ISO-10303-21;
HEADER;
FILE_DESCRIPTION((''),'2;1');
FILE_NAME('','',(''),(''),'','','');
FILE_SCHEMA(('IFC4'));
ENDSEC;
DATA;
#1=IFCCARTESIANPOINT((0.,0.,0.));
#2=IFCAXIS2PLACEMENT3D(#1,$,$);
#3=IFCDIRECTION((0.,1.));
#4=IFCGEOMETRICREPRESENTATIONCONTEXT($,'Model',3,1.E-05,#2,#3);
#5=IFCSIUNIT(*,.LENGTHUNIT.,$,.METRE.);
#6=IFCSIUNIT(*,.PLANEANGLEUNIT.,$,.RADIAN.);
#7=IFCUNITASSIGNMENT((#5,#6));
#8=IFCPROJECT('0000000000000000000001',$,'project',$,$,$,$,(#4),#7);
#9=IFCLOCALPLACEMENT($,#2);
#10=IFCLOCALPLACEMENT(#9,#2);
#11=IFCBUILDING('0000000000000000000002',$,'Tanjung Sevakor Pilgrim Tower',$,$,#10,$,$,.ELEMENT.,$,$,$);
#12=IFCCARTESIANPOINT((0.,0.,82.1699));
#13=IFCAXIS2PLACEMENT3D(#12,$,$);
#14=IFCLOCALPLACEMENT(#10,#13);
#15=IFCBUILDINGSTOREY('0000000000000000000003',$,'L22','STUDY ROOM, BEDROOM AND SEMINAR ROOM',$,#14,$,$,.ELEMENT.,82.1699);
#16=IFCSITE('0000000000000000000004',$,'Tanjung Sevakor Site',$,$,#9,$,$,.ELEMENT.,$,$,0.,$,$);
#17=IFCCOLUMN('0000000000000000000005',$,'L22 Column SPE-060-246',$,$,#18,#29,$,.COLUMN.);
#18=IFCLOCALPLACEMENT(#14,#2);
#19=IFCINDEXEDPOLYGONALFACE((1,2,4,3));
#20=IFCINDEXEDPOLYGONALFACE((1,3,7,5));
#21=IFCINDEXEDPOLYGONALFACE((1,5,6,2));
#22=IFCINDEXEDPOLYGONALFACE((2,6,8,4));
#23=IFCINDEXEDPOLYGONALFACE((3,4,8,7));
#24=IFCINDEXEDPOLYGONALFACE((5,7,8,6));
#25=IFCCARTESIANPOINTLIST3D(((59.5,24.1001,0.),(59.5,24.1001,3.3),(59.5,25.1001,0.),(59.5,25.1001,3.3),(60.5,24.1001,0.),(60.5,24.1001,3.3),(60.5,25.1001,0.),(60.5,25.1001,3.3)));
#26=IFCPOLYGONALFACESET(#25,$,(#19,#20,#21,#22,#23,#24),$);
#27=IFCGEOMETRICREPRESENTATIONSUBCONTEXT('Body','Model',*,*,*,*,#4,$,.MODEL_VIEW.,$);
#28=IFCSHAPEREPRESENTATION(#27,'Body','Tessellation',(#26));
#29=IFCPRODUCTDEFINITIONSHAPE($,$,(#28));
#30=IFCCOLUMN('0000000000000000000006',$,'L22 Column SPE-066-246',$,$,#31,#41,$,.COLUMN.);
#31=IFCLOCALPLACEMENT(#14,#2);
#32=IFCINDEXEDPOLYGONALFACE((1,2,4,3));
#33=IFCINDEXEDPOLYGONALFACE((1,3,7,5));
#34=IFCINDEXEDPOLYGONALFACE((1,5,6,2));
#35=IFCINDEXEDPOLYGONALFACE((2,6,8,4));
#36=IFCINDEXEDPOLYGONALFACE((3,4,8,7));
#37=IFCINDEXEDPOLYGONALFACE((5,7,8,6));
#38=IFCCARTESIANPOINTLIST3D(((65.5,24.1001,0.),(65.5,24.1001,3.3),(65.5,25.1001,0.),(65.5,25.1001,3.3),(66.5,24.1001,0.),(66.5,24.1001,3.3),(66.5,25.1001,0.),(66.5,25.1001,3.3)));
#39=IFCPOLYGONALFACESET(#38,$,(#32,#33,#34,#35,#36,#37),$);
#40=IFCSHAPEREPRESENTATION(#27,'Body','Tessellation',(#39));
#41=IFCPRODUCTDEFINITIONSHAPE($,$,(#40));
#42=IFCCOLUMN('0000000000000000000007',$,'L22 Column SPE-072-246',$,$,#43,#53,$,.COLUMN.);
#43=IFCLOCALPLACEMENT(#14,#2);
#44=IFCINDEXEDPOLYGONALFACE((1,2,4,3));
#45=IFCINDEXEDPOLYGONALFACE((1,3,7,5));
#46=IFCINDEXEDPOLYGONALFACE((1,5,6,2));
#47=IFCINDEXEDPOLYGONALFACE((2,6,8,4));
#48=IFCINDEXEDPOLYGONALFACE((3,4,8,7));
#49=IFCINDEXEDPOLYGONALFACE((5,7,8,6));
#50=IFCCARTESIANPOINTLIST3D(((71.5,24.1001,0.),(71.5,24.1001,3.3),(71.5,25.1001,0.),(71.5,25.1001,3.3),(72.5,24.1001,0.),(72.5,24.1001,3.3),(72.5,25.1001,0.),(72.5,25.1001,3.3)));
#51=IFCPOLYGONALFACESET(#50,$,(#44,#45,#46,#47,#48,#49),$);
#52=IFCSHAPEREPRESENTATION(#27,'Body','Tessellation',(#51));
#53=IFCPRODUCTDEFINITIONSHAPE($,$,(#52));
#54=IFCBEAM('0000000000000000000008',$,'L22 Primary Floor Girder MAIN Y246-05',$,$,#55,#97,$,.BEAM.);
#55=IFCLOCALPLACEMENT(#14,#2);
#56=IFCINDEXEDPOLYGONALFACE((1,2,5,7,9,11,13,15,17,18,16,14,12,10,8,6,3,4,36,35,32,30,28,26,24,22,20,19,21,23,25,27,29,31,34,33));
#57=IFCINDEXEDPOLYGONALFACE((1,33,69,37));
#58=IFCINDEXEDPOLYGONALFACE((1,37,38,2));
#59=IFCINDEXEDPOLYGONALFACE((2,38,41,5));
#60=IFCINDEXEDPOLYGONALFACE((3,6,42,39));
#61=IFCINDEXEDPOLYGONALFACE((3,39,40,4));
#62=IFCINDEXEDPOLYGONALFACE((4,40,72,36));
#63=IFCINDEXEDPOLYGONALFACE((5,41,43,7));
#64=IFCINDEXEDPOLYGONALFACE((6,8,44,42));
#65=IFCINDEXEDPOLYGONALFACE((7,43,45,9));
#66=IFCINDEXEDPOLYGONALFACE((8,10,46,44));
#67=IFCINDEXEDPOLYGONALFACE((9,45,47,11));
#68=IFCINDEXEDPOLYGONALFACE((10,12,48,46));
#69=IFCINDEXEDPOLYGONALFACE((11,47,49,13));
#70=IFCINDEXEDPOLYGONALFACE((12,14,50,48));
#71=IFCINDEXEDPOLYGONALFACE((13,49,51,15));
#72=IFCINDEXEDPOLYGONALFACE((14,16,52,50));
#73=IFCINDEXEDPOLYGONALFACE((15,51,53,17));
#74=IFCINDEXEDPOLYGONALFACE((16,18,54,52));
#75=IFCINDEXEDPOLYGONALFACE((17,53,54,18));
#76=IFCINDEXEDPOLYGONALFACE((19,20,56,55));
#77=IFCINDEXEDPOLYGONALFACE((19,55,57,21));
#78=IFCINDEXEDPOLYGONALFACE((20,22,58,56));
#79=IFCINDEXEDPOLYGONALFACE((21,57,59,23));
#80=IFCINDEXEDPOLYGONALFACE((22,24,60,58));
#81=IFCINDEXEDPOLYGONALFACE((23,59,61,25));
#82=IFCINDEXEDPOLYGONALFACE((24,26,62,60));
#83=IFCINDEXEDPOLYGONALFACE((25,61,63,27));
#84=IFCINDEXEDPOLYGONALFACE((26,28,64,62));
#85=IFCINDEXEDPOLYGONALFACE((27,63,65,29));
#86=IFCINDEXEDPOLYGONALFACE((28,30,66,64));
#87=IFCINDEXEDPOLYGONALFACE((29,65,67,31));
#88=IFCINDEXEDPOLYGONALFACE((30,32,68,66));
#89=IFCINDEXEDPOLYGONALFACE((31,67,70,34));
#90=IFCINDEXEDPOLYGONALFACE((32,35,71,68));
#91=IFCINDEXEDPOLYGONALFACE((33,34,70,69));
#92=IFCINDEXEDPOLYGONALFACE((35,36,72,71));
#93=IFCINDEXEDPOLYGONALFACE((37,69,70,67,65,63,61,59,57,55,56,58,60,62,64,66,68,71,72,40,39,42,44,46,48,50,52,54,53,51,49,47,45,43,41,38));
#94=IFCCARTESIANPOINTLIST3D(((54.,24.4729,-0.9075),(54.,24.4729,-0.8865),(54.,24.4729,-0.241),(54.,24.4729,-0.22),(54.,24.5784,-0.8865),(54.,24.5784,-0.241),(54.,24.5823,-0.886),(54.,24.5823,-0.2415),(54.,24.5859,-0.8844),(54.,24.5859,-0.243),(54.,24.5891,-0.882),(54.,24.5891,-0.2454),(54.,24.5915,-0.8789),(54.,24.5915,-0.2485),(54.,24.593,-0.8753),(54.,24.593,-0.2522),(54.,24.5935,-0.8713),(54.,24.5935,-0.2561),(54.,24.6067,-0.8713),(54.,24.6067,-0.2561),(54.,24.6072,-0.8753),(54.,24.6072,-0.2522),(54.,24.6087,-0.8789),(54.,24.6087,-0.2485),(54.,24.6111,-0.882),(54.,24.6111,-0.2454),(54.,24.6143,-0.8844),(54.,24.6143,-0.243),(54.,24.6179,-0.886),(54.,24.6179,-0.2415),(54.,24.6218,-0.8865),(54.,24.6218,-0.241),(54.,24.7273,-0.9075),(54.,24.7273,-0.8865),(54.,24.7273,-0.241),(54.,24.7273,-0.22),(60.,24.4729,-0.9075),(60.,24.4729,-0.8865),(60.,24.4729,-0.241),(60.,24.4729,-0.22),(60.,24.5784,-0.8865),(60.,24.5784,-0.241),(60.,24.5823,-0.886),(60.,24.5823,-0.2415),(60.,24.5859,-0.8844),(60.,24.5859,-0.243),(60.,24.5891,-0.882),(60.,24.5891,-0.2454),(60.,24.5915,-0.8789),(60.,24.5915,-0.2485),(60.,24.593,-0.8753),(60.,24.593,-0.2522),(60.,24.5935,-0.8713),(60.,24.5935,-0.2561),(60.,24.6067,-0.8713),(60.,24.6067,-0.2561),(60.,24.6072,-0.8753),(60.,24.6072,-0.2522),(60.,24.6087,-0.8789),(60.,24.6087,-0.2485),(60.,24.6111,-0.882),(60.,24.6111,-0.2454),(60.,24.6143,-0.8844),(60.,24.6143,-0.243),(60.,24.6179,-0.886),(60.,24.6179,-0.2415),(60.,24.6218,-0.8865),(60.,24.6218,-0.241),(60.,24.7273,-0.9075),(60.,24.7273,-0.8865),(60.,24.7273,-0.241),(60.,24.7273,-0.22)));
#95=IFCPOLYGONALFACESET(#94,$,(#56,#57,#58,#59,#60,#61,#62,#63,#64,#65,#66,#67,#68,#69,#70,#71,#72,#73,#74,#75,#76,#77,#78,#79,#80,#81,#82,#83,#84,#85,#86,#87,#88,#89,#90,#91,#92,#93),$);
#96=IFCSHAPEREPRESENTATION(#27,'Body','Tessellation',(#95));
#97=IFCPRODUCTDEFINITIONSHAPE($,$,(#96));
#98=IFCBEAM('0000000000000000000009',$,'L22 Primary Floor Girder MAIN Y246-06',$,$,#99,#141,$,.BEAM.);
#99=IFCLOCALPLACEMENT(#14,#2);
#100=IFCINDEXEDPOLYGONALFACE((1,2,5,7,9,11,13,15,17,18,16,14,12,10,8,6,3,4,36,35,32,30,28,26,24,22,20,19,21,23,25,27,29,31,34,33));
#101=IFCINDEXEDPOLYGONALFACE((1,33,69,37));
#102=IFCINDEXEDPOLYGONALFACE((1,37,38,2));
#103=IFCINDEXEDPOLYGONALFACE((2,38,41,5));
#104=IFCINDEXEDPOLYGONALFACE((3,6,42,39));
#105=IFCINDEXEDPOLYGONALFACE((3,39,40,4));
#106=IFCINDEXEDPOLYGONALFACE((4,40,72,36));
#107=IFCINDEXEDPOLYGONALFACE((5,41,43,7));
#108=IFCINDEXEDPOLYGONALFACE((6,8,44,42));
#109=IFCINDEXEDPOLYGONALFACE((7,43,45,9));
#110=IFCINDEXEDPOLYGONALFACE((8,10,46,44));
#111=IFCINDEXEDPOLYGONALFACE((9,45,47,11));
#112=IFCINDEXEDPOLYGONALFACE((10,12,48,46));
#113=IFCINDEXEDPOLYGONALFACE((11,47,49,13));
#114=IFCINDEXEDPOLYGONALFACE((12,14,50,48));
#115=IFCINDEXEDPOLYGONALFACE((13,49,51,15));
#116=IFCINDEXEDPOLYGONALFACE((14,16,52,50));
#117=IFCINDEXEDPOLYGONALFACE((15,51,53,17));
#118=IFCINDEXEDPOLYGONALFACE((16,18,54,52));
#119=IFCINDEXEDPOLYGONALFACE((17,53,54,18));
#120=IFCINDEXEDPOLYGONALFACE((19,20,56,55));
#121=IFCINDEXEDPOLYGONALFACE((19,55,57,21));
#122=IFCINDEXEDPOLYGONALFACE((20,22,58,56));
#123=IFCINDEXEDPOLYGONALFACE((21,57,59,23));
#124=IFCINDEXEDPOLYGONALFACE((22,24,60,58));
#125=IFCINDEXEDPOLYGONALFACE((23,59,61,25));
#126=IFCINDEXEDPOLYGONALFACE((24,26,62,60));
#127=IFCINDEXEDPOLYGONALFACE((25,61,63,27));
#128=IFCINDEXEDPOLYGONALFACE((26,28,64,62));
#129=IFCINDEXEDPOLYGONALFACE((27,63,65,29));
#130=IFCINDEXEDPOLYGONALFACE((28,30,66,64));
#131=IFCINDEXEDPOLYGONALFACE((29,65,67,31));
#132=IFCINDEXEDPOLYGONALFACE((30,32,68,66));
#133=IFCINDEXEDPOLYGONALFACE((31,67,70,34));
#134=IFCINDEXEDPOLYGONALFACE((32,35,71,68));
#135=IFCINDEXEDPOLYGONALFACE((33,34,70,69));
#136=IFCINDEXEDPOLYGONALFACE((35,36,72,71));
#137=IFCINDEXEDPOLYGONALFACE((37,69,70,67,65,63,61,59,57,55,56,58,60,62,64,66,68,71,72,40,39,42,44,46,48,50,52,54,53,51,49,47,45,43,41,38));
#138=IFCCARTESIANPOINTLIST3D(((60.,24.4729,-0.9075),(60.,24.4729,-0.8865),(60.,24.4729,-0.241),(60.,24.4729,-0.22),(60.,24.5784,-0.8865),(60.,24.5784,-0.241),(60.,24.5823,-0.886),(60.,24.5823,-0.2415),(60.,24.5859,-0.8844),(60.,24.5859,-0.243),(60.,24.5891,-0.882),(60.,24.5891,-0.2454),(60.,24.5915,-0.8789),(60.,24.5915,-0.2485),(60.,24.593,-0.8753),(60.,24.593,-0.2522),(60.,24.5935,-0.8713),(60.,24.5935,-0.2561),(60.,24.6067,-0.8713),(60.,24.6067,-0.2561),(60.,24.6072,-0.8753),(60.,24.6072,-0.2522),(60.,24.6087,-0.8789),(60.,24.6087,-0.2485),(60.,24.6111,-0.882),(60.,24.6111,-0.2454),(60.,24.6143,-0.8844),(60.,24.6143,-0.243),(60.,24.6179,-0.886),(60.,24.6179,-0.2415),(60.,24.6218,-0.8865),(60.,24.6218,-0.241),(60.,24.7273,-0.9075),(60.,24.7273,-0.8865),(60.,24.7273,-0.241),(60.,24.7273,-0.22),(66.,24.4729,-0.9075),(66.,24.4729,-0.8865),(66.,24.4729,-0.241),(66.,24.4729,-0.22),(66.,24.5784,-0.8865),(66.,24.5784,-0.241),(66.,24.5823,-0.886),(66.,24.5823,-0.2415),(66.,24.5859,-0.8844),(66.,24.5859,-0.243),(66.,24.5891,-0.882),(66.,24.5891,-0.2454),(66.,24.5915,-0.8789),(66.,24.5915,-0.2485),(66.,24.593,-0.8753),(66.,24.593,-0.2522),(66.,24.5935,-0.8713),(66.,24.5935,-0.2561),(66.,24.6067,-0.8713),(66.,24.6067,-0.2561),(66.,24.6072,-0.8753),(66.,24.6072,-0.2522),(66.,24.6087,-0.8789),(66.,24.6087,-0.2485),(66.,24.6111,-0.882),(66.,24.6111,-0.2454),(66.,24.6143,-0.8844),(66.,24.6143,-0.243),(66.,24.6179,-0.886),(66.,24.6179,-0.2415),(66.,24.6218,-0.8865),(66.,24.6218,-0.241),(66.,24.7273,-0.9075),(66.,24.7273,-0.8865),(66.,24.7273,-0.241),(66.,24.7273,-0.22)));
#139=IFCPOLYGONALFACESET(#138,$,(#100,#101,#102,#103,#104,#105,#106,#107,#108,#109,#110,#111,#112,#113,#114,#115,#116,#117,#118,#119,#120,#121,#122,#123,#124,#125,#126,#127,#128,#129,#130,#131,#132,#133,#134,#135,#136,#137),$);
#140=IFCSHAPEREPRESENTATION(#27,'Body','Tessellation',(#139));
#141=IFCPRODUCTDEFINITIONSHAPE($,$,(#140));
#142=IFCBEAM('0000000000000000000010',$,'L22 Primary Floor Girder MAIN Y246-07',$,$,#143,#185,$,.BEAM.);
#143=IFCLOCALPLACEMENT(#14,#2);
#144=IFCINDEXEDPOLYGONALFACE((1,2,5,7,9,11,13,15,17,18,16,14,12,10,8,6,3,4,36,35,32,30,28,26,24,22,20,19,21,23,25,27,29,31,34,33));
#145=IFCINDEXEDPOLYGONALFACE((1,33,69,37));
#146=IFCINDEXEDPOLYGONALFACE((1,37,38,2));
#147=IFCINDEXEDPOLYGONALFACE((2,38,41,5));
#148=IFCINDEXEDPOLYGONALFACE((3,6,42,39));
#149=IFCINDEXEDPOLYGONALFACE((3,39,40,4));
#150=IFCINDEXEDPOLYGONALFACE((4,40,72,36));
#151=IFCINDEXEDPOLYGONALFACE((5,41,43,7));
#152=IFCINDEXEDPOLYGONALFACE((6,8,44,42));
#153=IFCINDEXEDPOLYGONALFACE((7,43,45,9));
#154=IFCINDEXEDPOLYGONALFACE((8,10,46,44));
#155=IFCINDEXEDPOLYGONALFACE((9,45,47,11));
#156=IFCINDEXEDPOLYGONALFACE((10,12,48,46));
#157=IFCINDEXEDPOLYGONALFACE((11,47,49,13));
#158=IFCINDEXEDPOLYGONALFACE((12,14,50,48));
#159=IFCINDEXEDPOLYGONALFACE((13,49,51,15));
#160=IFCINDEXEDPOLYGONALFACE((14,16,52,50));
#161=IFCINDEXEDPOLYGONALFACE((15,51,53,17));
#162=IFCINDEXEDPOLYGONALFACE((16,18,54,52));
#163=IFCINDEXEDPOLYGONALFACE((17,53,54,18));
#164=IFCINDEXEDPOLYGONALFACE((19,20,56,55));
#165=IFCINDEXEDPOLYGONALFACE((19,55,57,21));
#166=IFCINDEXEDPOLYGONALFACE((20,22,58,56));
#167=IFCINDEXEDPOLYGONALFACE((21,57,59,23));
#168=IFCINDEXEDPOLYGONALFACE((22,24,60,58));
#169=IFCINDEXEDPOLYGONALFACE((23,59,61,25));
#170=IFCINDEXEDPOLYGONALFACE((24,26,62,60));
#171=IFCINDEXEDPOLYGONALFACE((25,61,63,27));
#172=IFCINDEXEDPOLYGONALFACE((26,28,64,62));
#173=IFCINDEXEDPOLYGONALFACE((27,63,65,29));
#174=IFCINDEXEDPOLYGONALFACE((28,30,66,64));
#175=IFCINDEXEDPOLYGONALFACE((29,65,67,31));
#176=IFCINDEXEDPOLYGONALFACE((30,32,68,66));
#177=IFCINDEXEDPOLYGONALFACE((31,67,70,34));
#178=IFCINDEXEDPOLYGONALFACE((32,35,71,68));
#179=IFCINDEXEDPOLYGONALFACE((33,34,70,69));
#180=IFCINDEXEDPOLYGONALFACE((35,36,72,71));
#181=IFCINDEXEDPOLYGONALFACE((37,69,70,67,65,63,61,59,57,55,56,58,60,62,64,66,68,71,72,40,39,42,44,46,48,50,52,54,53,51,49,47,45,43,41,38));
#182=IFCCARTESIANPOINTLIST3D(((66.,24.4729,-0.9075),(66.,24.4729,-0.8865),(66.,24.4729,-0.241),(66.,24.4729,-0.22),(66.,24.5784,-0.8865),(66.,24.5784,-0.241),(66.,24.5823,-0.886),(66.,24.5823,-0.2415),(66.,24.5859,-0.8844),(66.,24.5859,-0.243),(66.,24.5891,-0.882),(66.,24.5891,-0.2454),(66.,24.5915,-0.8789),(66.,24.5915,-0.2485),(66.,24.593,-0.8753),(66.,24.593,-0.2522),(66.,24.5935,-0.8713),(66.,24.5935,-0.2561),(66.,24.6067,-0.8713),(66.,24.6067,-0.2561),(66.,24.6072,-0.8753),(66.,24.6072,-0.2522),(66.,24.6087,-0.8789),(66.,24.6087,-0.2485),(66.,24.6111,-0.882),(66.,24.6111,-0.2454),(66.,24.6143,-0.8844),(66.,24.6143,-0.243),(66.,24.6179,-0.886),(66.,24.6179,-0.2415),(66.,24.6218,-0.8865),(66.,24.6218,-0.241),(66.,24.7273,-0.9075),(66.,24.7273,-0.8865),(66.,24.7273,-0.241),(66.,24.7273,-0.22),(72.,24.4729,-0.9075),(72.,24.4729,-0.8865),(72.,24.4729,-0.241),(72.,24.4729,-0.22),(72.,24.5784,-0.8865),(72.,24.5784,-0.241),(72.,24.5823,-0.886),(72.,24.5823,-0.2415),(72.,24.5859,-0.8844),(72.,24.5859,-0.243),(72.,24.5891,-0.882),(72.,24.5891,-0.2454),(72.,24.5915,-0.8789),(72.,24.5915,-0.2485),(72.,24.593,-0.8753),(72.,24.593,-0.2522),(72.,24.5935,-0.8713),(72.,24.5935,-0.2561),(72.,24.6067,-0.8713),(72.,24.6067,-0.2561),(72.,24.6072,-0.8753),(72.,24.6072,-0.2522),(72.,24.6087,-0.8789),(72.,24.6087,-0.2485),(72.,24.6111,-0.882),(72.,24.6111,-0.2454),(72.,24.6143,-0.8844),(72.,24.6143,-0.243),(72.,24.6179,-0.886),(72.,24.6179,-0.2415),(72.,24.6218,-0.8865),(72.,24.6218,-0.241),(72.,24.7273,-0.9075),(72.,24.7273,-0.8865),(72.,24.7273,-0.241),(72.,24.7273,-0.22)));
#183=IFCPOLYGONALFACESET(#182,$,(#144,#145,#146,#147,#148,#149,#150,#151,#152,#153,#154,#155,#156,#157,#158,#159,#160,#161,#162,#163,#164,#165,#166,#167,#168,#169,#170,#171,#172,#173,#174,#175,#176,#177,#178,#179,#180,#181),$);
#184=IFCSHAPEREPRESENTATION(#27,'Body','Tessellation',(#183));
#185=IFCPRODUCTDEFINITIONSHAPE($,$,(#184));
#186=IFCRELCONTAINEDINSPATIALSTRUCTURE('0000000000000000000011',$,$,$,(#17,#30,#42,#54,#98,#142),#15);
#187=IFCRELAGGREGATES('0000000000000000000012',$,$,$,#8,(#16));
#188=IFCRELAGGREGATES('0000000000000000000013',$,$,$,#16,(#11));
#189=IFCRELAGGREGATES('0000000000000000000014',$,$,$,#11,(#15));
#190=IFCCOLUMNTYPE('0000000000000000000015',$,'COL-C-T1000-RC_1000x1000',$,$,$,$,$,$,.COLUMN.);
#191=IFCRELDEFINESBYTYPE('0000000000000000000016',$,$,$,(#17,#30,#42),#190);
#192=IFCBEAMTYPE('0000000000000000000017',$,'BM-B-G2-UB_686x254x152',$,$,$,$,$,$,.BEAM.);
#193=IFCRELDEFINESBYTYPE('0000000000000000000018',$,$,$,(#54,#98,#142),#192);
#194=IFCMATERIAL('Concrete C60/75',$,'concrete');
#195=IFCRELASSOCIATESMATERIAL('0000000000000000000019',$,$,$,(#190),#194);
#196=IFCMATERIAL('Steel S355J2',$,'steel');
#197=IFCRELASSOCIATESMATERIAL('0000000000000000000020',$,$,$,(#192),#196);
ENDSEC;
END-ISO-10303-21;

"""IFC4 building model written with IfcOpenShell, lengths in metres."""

from ifc_helpers import new_model, si_unit, direction, frame, origin, origin_2d, place, context, subcontext, project, spatial, rectangle, i_section, extrude, material, material_profile, profile_set, type_object, element, save


model = new_model("IFC4")

# Units and contexts
model_context = context("Model", 3, precision=1e-05, world=origin(), true_north=direction((0.0, 1.0)))
body_context = subcontext(model_context, "Body", "Model", "MODEL_VIEW")
ifc_project = project(units=[si_unit("LENGTHUNIT", "METRE"), si_unit("PLANEANGLEUNIT", "RADIAN")], contexts=[model_context])

# Site, building, storey
site_placement = place(None, origin())
site = spatial("IfcSite", under=ifc_project, at=site_placement, Name="Tanjung Sevakor Site", CompositionType="ELEMENT", RefElevation=0.0)
building_placement = place(site_placement, origin())
building = spatial("IfcBuilding", under=site, at=building_placement, Name="Tanjung Sevakor Pilgrim Tower", CompositionType="ELEMENT")
storey_placement = place(building_placement, frame((0.0, 0.0, 82.1699)))
storey = spatial("IfcBuildingStorey", under=building, at=storey_placement, Name="L22", Description="STUDY ROOM, BEDROOM AND SEMINAR ROOM", CompositionType="ELEMENT", Elevation=82.1699)

# Columns
ifc_material_1 = material(Name="Concrete C60/75", Category="concrete")
ifc_material_profile_1 = material_profile(ifc_material_1, rectangle(XDim=1.0, YDim=1.0, at=origin_2d()))
ifc_profile_set_1 = profile_set([ifc_material_profile_1], Name="Concrete C60/75")
column_type = type_object("IfcColumnType", Name="COL-C-T1000-RC_1000x1000", PredefinedType="COLUMN", material=ifc_profile_set_1)
for number, where, z_axis, x_axis, name in (
    (1, (60.0, 24.6001, 0.0), (0.0, 0.0, 1.0), (1.0, 0.0, 0.0), "L22 Column SPE-060-246"),
    (2, (66.0, 24.6001, 0.0), (0.0, 0.0, 1.0), (1.0, 0.0, 0.0), "L22 Column SPE-066-246"),
    (3, (72.0, 24.6001, 0.0), (0.0, 0.0, 1.0), (1.0, 0.0, 0.0), "L22 Column SPE-072-246"),
):
    element("IfcColumn", number, at=place(storey_placement, frame(where, z_axis=z_axis, x_axis=x_axis)), inside=storey, type_object=column_type, Name=name, PredefinedType="COLUMN", context=body_context, shape_type="SweptSolid", body=[
        extrude(rectangle(XDim=1.0, YDim=1.0, at=origin_2d()), origin(), (0.0, 0.0, 1.0), 3.3),
    ])

# Beams
ifc_material_2 = material(Name="Steel S355J2", Category="steel")
ifc_material_profile_2 = material_profile(ifc_material_2, i_section(OverallWidth=0.2544, OverallDepth=0.6875, WebThickness=0.0132, FlangeThickness=0.021, FilletRadius=0.0151, at=origin_2d()))
ifc_profile_set_2 = profile_set([ifc_material_profile_2], Name="Steel S355J2")
beam_type_1 = type_object("IfcBeamType", Name="BM-B-G2-UB_686x254x152", PredefinedType="BEAM", material=ifc_profile_set_2)
for number, where, z_axis, x_axis, name in (
    (4, (54.0, 24.6001, -0.5637), (1.0, 0.0, 0.0), (0.0, 1.0, 0.0), "L22 Primary Floor Girder MAIN Y246-05"),
    (5, (60.0, 24.6001, -0.5637), (1.0, 0.0, 0.0), (0.0, 1.0, 0.0), "L22 Primary Floor Girder MAIN Y246-06"),
    (6, (66.0, 24.6001, -0.5637), (1.0, 0.0, 0.0), (0.0, 1.0, 0.0), "L22 Primary Floor Girder MAIN Y246-07"),
):
    element("IfcBeam", number, at=place(storey_placement, frame(where, z_axis=z_axis, x_axis=x_axis)), inside=storey, type_object=beam_type_1, Name=name, PredefinedType="BEAM", context=body_context, shape_type="SweptSolid", body=[
        extrude(i_section(OverallWidth=0.2544, OverallDepth=0.6875, WebThickness=0.0132, FlangeThickness=0.021, FilletRadius=0.0151, at=origin_2d()), origin(), (0.0, 0.0, 1.0), 6.0),
    ])

save(model, "model.ifc")
